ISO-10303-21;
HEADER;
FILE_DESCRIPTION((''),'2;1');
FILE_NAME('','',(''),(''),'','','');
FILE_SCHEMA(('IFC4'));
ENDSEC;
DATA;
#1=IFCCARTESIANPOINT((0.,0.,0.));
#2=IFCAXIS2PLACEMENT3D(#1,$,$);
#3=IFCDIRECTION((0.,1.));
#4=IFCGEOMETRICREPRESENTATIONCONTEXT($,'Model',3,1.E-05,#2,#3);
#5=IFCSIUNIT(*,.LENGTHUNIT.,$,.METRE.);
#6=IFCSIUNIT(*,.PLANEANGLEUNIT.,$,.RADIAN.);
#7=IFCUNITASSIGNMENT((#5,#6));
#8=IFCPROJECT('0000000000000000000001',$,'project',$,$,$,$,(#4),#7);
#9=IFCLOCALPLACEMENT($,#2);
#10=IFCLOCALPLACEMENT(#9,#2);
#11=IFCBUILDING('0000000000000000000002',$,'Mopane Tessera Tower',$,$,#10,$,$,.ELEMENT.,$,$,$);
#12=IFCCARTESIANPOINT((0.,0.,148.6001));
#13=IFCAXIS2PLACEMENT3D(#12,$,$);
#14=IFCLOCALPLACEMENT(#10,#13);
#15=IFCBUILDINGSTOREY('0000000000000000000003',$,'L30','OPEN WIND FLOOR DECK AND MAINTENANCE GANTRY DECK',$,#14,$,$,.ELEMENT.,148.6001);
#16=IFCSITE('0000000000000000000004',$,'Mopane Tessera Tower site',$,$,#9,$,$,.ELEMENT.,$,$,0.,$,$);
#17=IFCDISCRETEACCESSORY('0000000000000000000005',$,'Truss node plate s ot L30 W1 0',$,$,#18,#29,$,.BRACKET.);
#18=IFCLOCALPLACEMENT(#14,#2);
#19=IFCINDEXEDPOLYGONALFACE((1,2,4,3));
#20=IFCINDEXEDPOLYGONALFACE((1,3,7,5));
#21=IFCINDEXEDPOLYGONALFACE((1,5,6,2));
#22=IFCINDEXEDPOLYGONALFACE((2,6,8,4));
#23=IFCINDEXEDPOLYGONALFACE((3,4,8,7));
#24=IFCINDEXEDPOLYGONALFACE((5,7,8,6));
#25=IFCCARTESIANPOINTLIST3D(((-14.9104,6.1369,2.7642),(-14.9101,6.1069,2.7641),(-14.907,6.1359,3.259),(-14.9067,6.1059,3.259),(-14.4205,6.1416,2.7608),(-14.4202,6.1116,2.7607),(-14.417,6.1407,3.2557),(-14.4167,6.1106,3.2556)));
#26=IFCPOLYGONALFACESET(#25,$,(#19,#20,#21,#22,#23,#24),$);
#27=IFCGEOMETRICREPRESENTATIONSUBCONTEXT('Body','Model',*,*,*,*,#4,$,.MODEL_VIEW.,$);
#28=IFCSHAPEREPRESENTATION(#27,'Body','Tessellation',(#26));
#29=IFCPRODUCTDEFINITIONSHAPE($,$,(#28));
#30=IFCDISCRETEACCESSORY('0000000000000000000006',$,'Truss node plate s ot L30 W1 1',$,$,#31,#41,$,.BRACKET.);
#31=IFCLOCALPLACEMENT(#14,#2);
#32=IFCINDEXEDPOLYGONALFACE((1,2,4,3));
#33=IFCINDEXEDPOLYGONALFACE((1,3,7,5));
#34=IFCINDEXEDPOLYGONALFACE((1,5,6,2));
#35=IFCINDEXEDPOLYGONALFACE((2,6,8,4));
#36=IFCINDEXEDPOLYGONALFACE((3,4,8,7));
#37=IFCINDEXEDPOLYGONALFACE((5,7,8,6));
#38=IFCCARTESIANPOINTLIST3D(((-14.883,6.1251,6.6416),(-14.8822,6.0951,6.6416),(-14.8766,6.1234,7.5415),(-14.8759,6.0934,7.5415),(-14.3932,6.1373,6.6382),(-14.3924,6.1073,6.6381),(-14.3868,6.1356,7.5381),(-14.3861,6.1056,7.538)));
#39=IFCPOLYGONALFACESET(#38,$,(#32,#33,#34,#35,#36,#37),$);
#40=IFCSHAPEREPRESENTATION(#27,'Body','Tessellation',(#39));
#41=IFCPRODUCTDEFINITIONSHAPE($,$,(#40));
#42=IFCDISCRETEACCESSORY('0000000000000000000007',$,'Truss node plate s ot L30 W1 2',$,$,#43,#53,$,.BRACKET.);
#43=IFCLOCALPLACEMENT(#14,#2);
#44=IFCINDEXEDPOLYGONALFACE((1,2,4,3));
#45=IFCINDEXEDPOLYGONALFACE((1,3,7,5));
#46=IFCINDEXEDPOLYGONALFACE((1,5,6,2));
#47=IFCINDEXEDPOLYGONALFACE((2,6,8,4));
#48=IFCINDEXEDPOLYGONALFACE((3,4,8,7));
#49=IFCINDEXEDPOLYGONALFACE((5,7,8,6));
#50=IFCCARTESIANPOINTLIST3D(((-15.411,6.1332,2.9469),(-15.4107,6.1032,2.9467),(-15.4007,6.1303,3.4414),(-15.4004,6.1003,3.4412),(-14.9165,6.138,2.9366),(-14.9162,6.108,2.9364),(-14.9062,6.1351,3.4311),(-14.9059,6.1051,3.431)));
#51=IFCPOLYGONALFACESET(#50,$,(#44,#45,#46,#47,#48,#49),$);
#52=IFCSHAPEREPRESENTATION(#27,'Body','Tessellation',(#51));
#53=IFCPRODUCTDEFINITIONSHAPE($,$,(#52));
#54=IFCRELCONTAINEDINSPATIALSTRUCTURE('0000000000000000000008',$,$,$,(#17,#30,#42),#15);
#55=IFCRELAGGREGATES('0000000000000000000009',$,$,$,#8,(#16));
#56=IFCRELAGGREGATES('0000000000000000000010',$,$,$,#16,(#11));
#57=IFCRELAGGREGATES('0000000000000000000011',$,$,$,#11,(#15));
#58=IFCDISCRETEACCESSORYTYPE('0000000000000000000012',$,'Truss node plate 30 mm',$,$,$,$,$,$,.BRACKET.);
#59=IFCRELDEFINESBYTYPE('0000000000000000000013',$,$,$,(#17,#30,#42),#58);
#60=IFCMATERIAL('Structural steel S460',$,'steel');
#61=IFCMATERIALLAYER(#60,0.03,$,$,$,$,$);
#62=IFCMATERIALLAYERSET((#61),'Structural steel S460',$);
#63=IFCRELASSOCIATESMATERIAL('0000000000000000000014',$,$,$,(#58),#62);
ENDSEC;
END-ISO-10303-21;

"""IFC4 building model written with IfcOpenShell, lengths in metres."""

from ifc_helpers import new_model, si_unit, direction, frame, origin, origin_2d, place, context, subcontext, project, spatial, rectangle, extrude, material, layer, layer_set, type_object, element, save


model = new_model("IFC4")

# Units and contexts
model_context = context("Model", 3, precision=1e-05, world=origin(), true_north=direction((0.0, 1.0)))
body_context = subcontext(model_context, "Body", "Model", "MODEL_VIEW")
ifc_project = project(units=[si_unit("LENGTHUNIT", "METRE"), si_unit("PLANEANGLEUNIT", "RADIAN")], contexts=[model_context])

# Site, building, storey
site_placement = place(None, origin())
site = spatial("IfcSite", under=ifc_project, at=site_placement, Name="Mopane Tessera Tower site", CompositionType="ELEMENT", RefElevation=0.0)
building_placement = place(site_placement, origin())
building = spatial("IfcBuilding", under=site, at=building_placement, Name="Mopane Tessera Tower", CompositionType="ELEMENT")
storey_placement = place(building_placement, frame((0.0, 0.0, 148.6001)))
storey = spatial("IfcBuildingStorey", under=building, at=storey_placement, Name="L30", Description="OPEN WIND FLOOR DECK AND MAINTENANCE GANTRY DECK", CompositionType="ELEMENT", Elevation=148.6001)

# Discrete accessories
ifc_material_1 = material(Name="Structural steel S460", Category="steel")
ifc_layer_1 = layer(ifc_material_1, 0.03)
ifc_layer_set_1 = layer_set([ifc_layer_1], Name="Structural steel S460")
discrete_accessory_type_1 = type_object("IfcDiscreteAccessoryType", Name="Truss node plate 30 mm", PredefinedType="BRACKET", material=ifc_layer_set_1)
discrete_accessory_1_placement = place(storey_placement, frame((-14.6653, 6.1243, 2.7625), z_axis=(0.006907, -0.001973, 0.999974), x_axis=(0.009649, -0.999951, -0.00204)))
element("IfcDiscreteAccessory", 1, at=discrete_accessory_1_placement, inside=storey, type_object=discrete_accessory_type_1, Name="Truss node plate s ot L30 W1 0", PredefinedType="BRACKET", context=body_context, shape_type="SweptSolid", body=[
    extrude(rectangle(XDim=0.03, YDim=0.49, at=origin_2d()), origin(), (0.0, 0.0, 1.0), 0.4949),
])
discrete_accessory_2_placement = place(storey_placement, frame((-14.6377, 6.1162, 6.6399), z_axis=(0.007054, -0.001899, 0.999973), x_axis=(0.024951, -0.999687, -0.002074)))
element("IfcDiscreteAccessory", 2, at=discrete_accessory_2_placement, inside=storey, type_object=discrete_accessory_type_1, Name="Truss node plate s ot L30 W1 1", PredefinedType="BRACKET", context=body_context, shape_type="SweptSolid", body=[
    extrude(rectangle(XDim=0.03, YDim=0.49, at=origin_2d()), origin(), (0.0, 0.0, 1.0), 0.8999),
])
discrete_accessory_3_placement = place(storey_placement, frame((-15.1636, 6.1206, 2.9417), z_axis=(0.020726, -0.005922, 0.999768), x_axis=(0.009538, -0.999936, -0.00612)))
element("IfcDiscreteAccessory", 3, at=discrete_accessory_3_placement, inside=storey, type_object=discrete_accessory_type_1, Name="Truss node plate s ot L30 W1 2", PredefinedType="BRACKET", context=body_context, shape_type="SweptSolid", body=[
    extrude(rectangle(XDim=0.03, YDim=0.4946, at=origin_2d()), origin(), (0.0, 0.0, 1.0), 0.4946),
])

save(model, "model.ifc")
